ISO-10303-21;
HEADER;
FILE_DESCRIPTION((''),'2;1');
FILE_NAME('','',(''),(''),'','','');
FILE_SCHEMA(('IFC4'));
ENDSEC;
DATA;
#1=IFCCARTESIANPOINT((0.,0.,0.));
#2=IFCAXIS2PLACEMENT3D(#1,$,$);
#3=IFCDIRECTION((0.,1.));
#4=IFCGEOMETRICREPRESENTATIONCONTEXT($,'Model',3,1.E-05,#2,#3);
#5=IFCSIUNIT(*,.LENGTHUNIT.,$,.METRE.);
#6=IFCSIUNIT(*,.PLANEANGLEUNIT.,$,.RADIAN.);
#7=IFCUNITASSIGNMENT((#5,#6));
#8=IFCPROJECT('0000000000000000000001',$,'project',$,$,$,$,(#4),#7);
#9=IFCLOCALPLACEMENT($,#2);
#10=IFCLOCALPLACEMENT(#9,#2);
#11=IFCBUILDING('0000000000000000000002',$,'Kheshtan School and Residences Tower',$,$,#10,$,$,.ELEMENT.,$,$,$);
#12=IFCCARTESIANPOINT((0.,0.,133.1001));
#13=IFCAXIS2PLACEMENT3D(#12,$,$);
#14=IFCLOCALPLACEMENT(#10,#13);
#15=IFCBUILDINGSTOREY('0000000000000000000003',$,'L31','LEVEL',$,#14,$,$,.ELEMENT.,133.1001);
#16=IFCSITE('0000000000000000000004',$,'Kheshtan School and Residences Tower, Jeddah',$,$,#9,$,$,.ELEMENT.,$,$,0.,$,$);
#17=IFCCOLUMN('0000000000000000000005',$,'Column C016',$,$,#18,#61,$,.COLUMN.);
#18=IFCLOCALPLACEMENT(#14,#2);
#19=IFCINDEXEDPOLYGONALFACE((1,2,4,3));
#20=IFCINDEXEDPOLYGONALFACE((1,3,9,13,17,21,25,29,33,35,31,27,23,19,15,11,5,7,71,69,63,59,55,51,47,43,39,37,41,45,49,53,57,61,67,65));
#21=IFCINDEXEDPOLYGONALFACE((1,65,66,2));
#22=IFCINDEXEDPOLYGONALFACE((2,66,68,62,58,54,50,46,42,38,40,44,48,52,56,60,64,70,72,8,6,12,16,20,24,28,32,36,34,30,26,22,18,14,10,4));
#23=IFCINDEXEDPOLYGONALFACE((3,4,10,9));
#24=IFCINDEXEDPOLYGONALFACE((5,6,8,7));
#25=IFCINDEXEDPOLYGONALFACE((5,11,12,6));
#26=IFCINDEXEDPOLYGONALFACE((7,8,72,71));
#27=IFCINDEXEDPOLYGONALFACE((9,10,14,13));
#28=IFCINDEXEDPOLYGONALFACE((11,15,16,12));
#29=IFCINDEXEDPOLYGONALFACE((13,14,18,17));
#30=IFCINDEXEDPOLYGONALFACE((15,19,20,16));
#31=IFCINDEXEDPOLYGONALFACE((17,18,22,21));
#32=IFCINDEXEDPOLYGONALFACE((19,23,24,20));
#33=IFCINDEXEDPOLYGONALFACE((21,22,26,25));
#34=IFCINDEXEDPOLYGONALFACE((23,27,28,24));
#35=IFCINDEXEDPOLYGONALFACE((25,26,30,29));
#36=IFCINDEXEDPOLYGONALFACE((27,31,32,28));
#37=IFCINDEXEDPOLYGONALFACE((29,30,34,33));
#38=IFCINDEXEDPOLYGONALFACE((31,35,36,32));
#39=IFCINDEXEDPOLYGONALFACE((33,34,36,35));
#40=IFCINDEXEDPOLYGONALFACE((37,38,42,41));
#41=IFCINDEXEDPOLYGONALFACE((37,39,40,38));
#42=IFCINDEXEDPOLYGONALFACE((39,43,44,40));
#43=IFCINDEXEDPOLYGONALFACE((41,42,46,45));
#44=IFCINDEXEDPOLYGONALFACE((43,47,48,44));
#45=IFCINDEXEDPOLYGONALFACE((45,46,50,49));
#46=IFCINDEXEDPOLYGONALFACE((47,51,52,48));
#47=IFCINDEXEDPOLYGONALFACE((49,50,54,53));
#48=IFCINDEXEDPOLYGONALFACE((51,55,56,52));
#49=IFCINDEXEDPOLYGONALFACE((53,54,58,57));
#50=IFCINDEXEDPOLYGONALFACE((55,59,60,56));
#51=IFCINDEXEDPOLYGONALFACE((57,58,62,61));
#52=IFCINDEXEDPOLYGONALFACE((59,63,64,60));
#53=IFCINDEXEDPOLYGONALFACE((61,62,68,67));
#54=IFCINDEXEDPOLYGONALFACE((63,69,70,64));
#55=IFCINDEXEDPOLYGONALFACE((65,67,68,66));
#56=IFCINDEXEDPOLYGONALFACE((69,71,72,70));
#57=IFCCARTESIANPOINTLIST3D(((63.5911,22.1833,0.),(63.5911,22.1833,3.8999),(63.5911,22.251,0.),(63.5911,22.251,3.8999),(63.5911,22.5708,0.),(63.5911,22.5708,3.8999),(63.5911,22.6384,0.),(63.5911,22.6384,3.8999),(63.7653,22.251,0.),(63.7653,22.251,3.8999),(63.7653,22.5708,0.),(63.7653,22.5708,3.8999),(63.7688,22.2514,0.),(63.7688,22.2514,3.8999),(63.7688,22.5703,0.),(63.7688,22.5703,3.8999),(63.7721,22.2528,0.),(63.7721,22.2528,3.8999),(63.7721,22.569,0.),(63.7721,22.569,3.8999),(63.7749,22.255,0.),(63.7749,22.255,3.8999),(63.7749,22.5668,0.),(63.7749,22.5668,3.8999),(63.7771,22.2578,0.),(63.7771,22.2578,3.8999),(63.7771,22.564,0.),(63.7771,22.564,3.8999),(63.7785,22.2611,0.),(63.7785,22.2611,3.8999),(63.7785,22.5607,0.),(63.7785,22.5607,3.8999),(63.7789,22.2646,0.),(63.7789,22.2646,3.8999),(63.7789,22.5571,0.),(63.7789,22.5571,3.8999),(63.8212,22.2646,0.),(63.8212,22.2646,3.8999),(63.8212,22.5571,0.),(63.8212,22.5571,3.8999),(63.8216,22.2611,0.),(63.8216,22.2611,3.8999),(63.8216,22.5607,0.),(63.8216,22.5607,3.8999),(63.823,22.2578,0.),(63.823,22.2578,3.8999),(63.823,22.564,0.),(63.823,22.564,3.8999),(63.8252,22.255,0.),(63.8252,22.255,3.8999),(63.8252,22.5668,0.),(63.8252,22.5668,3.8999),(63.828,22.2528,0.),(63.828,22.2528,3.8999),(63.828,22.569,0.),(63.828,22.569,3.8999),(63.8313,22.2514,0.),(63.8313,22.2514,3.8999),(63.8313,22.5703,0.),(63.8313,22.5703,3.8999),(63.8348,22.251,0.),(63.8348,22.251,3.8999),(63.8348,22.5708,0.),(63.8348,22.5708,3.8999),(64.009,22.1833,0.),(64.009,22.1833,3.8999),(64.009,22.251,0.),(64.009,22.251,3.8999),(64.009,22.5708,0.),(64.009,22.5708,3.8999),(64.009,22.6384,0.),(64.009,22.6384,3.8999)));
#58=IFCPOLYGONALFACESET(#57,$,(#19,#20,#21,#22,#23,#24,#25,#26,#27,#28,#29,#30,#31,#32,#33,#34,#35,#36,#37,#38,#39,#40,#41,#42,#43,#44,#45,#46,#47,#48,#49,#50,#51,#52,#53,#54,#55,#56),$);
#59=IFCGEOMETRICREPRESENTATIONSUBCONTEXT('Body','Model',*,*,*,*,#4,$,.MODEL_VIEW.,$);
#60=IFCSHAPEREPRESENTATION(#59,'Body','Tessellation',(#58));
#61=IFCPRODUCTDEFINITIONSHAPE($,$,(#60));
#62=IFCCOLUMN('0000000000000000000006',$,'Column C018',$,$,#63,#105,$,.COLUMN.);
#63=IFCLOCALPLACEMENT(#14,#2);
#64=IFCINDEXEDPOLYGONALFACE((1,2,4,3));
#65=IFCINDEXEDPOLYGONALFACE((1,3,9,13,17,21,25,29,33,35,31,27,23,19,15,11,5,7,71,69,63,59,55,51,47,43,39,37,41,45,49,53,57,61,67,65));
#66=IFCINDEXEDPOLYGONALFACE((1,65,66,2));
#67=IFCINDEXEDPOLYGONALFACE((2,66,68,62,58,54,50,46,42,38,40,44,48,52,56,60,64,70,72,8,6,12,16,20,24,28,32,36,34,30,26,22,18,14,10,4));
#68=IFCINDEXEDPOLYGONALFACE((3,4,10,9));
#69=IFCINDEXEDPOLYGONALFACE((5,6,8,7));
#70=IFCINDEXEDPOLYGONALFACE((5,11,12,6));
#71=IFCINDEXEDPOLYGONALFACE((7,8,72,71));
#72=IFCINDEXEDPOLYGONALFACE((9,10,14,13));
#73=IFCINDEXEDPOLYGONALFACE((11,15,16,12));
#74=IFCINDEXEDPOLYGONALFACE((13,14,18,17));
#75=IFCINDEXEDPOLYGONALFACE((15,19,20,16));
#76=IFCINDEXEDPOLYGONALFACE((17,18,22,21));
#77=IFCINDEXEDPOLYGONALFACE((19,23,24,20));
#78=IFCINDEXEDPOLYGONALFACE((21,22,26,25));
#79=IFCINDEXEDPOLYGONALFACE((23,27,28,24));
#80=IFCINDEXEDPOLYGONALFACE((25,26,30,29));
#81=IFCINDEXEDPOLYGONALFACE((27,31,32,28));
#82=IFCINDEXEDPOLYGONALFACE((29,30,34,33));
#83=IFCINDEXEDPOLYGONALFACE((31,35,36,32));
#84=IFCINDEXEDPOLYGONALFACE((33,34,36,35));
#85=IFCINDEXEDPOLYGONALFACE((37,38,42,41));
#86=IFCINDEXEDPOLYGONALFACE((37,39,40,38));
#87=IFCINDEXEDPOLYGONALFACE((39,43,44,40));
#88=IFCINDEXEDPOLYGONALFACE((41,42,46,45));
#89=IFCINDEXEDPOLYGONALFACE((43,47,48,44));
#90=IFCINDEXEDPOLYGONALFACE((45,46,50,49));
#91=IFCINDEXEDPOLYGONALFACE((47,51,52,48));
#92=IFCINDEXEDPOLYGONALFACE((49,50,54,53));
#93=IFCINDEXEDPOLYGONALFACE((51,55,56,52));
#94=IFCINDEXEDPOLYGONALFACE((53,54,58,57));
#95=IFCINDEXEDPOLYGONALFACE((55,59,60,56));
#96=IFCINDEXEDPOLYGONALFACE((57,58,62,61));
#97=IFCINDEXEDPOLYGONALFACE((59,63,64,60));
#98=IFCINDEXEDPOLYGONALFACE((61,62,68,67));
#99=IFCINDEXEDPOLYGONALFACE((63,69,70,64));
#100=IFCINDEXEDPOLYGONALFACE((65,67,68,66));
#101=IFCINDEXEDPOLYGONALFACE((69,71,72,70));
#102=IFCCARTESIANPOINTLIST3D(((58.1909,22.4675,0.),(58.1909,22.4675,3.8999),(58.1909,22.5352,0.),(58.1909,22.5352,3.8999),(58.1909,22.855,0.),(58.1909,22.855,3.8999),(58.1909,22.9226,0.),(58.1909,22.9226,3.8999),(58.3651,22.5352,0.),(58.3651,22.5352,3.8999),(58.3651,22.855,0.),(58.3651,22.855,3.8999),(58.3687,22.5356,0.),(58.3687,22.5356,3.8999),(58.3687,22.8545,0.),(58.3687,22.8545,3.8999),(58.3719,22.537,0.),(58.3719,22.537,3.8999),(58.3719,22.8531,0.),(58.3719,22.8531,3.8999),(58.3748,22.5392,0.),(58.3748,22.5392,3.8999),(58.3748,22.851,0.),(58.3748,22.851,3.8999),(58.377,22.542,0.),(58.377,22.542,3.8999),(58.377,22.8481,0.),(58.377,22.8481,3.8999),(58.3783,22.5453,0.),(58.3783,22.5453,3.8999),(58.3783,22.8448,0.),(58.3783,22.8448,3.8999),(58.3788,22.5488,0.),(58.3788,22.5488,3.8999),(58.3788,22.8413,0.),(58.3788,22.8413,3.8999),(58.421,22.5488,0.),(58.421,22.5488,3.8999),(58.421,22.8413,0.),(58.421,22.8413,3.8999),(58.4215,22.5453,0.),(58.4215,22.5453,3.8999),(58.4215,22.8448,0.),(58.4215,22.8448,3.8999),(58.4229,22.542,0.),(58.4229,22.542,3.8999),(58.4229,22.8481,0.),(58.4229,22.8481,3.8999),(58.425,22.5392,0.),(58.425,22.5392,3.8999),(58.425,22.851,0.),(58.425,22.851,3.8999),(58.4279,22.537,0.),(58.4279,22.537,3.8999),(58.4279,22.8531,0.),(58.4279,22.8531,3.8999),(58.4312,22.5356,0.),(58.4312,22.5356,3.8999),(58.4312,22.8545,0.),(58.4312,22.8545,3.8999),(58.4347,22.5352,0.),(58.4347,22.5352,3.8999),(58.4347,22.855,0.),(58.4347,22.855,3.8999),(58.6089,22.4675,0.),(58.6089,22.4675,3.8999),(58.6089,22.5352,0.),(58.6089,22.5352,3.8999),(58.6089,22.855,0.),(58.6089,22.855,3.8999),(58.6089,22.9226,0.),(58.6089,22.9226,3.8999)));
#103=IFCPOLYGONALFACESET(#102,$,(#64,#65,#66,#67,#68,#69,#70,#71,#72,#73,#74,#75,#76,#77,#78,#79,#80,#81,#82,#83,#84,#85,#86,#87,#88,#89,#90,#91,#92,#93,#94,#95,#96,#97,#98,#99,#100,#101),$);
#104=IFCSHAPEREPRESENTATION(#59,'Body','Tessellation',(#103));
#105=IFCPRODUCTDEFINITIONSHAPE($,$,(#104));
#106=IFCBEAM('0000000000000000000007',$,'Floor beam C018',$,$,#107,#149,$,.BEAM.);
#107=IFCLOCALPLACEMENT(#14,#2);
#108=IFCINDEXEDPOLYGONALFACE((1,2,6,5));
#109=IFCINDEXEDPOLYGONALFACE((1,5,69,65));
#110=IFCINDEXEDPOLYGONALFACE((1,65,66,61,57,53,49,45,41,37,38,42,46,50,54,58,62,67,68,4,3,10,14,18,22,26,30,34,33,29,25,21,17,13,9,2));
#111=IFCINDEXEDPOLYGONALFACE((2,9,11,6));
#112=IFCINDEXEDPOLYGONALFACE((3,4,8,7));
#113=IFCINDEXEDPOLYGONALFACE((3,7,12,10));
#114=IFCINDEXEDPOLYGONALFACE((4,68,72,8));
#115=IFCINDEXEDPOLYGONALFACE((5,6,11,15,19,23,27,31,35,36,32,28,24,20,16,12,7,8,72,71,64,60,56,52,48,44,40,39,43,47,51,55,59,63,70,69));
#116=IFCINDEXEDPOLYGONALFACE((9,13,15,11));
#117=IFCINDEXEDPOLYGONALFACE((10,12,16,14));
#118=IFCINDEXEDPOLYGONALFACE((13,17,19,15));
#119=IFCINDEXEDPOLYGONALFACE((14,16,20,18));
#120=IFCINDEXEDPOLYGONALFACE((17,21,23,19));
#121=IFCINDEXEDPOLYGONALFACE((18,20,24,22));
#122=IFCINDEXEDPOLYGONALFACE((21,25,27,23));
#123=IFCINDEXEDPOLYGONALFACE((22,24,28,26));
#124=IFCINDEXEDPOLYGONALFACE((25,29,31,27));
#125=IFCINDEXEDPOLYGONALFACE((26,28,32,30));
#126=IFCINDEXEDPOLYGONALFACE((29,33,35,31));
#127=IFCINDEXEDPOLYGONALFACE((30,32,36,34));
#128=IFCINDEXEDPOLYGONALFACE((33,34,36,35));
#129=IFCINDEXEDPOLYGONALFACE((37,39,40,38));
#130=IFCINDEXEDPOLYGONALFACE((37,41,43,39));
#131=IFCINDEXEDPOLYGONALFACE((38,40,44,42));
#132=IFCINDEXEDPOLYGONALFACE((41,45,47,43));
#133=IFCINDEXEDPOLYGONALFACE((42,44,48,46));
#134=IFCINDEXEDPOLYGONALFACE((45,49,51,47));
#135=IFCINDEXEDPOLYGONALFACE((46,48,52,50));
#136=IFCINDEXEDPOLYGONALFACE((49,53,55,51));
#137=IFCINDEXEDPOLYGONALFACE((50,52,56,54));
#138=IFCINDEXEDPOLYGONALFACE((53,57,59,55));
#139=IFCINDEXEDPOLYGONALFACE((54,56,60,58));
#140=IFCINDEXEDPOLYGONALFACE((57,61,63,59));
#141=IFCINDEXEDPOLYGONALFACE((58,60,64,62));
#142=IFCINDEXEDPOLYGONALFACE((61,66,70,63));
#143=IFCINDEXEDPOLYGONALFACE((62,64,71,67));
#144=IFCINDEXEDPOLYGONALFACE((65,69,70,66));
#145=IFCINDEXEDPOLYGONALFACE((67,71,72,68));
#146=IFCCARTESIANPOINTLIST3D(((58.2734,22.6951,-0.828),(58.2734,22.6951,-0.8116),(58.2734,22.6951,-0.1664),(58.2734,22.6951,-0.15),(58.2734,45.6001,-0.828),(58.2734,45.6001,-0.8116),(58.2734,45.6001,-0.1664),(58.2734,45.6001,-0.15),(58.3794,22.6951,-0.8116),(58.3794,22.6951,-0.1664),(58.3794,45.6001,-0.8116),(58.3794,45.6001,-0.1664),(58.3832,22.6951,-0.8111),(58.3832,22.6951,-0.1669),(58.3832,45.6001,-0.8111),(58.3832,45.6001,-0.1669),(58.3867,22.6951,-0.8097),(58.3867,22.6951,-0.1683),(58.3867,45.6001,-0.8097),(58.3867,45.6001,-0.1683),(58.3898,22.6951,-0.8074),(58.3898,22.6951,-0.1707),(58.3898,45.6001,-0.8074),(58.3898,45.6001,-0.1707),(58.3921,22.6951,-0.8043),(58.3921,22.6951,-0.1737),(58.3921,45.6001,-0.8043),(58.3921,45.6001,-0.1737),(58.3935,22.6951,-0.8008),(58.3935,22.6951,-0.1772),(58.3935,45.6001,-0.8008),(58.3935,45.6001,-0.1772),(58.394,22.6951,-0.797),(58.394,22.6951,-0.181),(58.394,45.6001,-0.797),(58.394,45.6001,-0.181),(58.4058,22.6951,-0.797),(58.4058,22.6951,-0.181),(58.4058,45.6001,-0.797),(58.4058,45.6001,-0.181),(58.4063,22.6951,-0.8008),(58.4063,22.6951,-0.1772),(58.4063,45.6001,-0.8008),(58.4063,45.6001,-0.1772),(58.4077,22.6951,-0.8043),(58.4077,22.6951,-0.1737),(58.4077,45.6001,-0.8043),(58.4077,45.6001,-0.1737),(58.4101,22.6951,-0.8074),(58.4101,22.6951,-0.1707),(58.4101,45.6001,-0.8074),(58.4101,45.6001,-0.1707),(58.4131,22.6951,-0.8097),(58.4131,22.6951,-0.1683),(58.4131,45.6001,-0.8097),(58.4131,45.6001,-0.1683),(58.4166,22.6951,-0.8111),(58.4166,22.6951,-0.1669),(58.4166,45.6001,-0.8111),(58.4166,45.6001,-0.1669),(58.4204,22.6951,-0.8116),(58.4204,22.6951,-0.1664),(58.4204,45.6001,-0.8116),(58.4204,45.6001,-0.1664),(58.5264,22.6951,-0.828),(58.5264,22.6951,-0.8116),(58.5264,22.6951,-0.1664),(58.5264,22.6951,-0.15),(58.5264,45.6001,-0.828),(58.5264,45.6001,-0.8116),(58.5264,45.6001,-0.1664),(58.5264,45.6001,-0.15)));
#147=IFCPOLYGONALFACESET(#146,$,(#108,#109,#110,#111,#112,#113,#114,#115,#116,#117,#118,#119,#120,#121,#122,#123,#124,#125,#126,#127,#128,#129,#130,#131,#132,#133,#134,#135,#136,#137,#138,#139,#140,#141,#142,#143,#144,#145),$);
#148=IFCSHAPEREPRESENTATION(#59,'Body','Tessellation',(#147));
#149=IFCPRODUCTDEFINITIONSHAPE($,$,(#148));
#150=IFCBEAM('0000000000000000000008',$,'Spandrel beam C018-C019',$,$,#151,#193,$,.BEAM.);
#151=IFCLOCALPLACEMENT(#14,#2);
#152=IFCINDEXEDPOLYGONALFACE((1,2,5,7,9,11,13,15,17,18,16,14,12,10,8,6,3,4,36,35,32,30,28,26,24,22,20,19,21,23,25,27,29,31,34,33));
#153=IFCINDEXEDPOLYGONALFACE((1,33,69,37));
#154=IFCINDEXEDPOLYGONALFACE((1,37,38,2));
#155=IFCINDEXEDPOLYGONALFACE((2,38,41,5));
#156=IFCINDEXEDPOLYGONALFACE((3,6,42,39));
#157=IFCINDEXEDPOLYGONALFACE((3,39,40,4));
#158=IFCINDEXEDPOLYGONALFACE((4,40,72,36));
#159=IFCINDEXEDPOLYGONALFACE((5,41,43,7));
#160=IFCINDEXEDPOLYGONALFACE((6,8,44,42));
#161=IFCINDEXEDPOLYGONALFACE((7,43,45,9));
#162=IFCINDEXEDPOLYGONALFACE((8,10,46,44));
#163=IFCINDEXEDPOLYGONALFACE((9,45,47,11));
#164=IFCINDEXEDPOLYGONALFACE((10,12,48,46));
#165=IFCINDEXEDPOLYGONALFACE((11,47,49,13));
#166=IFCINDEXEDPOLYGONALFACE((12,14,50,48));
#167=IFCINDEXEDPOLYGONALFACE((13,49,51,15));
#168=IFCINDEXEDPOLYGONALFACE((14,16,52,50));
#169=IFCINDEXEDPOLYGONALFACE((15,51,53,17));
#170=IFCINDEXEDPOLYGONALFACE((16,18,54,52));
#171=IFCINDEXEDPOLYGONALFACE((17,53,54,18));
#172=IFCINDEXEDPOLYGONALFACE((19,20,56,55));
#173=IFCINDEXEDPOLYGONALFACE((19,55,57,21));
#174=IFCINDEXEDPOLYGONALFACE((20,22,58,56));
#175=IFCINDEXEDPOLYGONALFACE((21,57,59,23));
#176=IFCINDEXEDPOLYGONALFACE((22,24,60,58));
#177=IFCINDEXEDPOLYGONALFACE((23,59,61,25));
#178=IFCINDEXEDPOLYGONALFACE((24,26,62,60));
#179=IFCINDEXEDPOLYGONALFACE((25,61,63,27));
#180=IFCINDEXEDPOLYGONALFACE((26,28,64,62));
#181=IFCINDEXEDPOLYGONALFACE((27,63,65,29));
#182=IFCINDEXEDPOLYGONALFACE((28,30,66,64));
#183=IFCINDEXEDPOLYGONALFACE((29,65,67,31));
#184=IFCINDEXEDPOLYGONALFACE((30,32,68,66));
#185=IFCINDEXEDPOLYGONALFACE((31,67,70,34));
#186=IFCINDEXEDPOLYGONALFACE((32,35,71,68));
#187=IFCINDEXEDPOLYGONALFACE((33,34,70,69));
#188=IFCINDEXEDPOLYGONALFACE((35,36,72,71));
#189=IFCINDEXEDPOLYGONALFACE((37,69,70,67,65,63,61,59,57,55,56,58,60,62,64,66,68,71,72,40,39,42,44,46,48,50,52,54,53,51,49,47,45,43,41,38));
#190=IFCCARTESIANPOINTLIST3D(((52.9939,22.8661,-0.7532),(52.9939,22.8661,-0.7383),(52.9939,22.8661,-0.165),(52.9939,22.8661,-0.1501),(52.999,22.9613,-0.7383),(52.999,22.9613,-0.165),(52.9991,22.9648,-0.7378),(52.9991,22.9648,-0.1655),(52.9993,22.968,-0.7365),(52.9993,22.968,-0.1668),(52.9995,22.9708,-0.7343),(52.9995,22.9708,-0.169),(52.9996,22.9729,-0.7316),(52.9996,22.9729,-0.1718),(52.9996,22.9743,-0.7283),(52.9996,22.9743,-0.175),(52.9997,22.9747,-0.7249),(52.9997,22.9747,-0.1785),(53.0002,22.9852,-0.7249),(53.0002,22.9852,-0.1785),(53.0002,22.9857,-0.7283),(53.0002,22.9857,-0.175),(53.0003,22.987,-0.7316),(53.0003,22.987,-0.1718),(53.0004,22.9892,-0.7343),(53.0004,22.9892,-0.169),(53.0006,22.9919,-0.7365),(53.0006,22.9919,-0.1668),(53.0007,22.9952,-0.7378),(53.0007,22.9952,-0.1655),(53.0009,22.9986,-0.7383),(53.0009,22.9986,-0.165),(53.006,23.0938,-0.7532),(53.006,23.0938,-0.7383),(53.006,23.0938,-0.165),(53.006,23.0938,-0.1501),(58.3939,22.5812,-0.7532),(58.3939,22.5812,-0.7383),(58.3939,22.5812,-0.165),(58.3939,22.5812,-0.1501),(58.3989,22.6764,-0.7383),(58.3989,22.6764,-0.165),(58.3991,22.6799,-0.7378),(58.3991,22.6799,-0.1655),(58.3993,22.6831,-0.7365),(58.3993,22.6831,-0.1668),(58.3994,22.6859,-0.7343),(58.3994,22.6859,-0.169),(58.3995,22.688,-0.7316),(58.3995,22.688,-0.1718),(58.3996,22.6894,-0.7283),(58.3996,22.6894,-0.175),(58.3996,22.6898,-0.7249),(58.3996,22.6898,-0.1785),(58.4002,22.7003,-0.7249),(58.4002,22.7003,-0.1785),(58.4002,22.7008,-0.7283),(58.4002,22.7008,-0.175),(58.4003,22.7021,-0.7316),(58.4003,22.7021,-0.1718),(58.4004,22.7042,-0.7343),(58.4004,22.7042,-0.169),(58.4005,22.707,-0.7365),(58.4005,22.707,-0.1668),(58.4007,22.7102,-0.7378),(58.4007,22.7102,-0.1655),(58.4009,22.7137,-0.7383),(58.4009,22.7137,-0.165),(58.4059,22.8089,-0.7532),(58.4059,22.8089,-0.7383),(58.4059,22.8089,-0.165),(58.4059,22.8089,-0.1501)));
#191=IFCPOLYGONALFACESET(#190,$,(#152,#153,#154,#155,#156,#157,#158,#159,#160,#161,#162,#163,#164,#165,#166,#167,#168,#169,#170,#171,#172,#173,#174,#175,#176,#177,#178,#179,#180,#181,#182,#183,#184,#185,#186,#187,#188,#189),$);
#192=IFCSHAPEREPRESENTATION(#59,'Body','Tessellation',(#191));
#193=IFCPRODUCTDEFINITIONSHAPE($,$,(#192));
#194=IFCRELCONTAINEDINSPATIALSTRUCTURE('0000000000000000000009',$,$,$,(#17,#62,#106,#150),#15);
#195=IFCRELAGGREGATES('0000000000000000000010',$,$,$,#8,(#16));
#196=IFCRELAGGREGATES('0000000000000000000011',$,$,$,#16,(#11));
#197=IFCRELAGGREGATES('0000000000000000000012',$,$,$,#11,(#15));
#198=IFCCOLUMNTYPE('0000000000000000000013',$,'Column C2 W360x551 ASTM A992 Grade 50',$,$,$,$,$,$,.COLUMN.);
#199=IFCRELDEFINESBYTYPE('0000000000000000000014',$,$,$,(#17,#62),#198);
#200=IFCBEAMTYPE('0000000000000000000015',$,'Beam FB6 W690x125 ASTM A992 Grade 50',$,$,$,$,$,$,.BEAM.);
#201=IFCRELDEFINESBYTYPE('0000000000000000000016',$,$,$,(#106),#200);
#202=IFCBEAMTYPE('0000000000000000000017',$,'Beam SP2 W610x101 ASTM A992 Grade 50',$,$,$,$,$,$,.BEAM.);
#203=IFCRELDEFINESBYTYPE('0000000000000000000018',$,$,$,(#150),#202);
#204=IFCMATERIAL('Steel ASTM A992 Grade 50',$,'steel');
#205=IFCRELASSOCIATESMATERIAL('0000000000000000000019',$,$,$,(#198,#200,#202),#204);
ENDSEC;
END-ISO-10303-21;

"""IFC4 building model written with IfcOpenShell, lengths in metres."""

from ifc_helpers import new_model, si_unit, direction, frame, origin, origin_2d, place, context, subcontext, project, spatial, i_section, extrude, material, material_profile, profile_set, type_object, element, save


model = new_model("IFC4")

# Units and contexts
model_context = context("Model", 3, precision=1e-05, world=origin(), true_north=direction((0.0, 1.0)))
body_context = subcontext(model_context, "Body", "Model", "MODEL_VIEW")
ifc_project = project(units=[si_unit("LENGTHUNIT", "METRE"), si_unit("PLANEANGLEUNIT", "RADIAN")], contexts=[model_context])

# Site, building, storey
site_placement = place(None, origin())
site = spatial("IfcSite", under=ifc_project, at=site_placement, Name="Kheshtan School and Residences Tower, Jeddah", CompositionType="ELEMENT", RefElevation=0.0)
building_placement = place(site_placement, origin())
building = spatial("IfcBuilding", under=site, at=building_placement, Name="Kheshtan School and Residences Tower", CompositionType="ELEMENT")
storey_placement = place(building_placement, frame((0.0, 0.0, 133.1001)))
storey = spatial("IfcBuildingStorey", under=building, at=storey_placement, Name="L31", Description="LEVEL", CompositionType="ELEMENT", Elevation=133.1001)

# Columns
ifc_material_1 = material(Name="Steel ASTM A992 Grade 50", Category="steel")
ifc_material_profile_1 = material_profile(ifc_material_1, i_section(OverallWidth=0.418, OverallDepth=0.4551, WebThickness=0.0422, FlangeThickness=0.0676, FilletRadius=0.0137, at=origin_2d()), Name="W360x551")
ifc_profile_set_1 = profile_set([ifc_material_profile_1], Name="Steel ASTM A992 Grade 50")
column_type = type_object("IfcColumnType", Name="Column C2 W360x551 ASTM A992 Grade 50", PredefinedType="COLUMN", material=ifc_profile_set_1)
for number, where, z_axis, x_axis, name in (
    (1, (63.8, 22.4109, 0.0), (0.0, 0.0, 1.0), (1.0, 0.0, 0.0), "Column C016"),
    (2, (58.3999, 22.6951, 0.0), (0.0, 0.0, 1.0), (1.0, 0.0, 0.0), "Column C018"),
):
    element("IfcColumn", number, at=place(storey_placement, frame(where, z_axis=z_axis, x_axis=x_axis)), inside=storey, type_object=column_type, Name=name, PredefinedType="COLUMN", context=body_context, shape_type="SweptSolid", body=[
        extrude(i_section(OverallWidth=0.418, OverallDepth=0.4551, WebThickness=0.0422, FlangeThickness=0.0676, FilletRadius=0.0137, at=origin_2d()), origin(), (0.0, 0.0, 1.0), 3.8999),
    ])

# Beams
ifc_material_profile_2 = material_profile(ifc_material_1, i_section(OverallWidth=0.2529, OverallDepth=0.678, WebThickness=0.0117, FlangeThickness=0.0164, FilletRadius=0.0146, at=origin_2d()), Name="W690x125")
ifc_profile_set_2 = profile_set([ifc_material_profile_2], Name="Steel ASTM A992 Grade 50")
beam_type_1 = type_object("IfcBeamType", Name="Beam FB6 W690x125 ASTM A992 Grade 50", PredefinedType="BEAM", material=ifc_profile_set_2)
beam_1_placement = place(storey_placement, frame((58.3999, 22.6951, -0.489), z_axis=(0.0, 1.0, 0.0), x_axis=(-1.0, 0.0, 0.0)))
element("IfcBeam", 3, at=beam_1_placement, inside=storey, type_object=beam_type_1, Name="Floor beam C018", PredefinedType="BEAM", context=body_context, shape_type="SweptSolid", body=[
    extrude(i_section(OverallWidth=0.2529, OverallDepth=0.678, WebThickness=0.0117, FlangeThickness=0.0164, FilletRadius=0.0146, at=origin_2d()), origin(), (0.0, 0.0, 1.0), 22.905),
])
ifc_material_profile_3 = material_profile(ifc_material_1, i_section(OverallWidth=0.228, OverallDepth=0.603, WebThickness=0.0105, FlangeThickness=0.0149, FilletRadius=0.0134, at=origin_2d()), Name="W610x101")
ifc_profile_set_3 = profile_set([ifc_material_profile_3], Name="Steel ASTM A992 Grade 50")
beam_type_2 = type_object("IfcBeamType", Name="Beam SP2 W610x101 ASTM A992 Grade 50", PredefinedType="BEAM", material=ifc_profile_set_3)
beam_2_placement = place(storey_placement, frame((58.3999, 22.6951, -0.4517), z_axis=(-0.998611, 0.052689, 0.0), x_axis=(-0.052689, -0.998611, 0.0)))
element("IfcBeam", 4, at=beam_2_placement, inside=storey, type_object=beam_type_2, Name="Spandrel beam C018-C019", PredefinedType="BEAM", context=body_context, shape_type="SweptSolid", body=[
    extrude(i_section(OverallWidth=0.228, OverallDepth=0.603, WebThickness=0.0105, FlangeThickness=0.0149, FilletRadius=0.0134, at=origin_2d()), origin(), (0.0, 0.0, 1.0), 5.4075),
])

save(model, "model.ifc")
